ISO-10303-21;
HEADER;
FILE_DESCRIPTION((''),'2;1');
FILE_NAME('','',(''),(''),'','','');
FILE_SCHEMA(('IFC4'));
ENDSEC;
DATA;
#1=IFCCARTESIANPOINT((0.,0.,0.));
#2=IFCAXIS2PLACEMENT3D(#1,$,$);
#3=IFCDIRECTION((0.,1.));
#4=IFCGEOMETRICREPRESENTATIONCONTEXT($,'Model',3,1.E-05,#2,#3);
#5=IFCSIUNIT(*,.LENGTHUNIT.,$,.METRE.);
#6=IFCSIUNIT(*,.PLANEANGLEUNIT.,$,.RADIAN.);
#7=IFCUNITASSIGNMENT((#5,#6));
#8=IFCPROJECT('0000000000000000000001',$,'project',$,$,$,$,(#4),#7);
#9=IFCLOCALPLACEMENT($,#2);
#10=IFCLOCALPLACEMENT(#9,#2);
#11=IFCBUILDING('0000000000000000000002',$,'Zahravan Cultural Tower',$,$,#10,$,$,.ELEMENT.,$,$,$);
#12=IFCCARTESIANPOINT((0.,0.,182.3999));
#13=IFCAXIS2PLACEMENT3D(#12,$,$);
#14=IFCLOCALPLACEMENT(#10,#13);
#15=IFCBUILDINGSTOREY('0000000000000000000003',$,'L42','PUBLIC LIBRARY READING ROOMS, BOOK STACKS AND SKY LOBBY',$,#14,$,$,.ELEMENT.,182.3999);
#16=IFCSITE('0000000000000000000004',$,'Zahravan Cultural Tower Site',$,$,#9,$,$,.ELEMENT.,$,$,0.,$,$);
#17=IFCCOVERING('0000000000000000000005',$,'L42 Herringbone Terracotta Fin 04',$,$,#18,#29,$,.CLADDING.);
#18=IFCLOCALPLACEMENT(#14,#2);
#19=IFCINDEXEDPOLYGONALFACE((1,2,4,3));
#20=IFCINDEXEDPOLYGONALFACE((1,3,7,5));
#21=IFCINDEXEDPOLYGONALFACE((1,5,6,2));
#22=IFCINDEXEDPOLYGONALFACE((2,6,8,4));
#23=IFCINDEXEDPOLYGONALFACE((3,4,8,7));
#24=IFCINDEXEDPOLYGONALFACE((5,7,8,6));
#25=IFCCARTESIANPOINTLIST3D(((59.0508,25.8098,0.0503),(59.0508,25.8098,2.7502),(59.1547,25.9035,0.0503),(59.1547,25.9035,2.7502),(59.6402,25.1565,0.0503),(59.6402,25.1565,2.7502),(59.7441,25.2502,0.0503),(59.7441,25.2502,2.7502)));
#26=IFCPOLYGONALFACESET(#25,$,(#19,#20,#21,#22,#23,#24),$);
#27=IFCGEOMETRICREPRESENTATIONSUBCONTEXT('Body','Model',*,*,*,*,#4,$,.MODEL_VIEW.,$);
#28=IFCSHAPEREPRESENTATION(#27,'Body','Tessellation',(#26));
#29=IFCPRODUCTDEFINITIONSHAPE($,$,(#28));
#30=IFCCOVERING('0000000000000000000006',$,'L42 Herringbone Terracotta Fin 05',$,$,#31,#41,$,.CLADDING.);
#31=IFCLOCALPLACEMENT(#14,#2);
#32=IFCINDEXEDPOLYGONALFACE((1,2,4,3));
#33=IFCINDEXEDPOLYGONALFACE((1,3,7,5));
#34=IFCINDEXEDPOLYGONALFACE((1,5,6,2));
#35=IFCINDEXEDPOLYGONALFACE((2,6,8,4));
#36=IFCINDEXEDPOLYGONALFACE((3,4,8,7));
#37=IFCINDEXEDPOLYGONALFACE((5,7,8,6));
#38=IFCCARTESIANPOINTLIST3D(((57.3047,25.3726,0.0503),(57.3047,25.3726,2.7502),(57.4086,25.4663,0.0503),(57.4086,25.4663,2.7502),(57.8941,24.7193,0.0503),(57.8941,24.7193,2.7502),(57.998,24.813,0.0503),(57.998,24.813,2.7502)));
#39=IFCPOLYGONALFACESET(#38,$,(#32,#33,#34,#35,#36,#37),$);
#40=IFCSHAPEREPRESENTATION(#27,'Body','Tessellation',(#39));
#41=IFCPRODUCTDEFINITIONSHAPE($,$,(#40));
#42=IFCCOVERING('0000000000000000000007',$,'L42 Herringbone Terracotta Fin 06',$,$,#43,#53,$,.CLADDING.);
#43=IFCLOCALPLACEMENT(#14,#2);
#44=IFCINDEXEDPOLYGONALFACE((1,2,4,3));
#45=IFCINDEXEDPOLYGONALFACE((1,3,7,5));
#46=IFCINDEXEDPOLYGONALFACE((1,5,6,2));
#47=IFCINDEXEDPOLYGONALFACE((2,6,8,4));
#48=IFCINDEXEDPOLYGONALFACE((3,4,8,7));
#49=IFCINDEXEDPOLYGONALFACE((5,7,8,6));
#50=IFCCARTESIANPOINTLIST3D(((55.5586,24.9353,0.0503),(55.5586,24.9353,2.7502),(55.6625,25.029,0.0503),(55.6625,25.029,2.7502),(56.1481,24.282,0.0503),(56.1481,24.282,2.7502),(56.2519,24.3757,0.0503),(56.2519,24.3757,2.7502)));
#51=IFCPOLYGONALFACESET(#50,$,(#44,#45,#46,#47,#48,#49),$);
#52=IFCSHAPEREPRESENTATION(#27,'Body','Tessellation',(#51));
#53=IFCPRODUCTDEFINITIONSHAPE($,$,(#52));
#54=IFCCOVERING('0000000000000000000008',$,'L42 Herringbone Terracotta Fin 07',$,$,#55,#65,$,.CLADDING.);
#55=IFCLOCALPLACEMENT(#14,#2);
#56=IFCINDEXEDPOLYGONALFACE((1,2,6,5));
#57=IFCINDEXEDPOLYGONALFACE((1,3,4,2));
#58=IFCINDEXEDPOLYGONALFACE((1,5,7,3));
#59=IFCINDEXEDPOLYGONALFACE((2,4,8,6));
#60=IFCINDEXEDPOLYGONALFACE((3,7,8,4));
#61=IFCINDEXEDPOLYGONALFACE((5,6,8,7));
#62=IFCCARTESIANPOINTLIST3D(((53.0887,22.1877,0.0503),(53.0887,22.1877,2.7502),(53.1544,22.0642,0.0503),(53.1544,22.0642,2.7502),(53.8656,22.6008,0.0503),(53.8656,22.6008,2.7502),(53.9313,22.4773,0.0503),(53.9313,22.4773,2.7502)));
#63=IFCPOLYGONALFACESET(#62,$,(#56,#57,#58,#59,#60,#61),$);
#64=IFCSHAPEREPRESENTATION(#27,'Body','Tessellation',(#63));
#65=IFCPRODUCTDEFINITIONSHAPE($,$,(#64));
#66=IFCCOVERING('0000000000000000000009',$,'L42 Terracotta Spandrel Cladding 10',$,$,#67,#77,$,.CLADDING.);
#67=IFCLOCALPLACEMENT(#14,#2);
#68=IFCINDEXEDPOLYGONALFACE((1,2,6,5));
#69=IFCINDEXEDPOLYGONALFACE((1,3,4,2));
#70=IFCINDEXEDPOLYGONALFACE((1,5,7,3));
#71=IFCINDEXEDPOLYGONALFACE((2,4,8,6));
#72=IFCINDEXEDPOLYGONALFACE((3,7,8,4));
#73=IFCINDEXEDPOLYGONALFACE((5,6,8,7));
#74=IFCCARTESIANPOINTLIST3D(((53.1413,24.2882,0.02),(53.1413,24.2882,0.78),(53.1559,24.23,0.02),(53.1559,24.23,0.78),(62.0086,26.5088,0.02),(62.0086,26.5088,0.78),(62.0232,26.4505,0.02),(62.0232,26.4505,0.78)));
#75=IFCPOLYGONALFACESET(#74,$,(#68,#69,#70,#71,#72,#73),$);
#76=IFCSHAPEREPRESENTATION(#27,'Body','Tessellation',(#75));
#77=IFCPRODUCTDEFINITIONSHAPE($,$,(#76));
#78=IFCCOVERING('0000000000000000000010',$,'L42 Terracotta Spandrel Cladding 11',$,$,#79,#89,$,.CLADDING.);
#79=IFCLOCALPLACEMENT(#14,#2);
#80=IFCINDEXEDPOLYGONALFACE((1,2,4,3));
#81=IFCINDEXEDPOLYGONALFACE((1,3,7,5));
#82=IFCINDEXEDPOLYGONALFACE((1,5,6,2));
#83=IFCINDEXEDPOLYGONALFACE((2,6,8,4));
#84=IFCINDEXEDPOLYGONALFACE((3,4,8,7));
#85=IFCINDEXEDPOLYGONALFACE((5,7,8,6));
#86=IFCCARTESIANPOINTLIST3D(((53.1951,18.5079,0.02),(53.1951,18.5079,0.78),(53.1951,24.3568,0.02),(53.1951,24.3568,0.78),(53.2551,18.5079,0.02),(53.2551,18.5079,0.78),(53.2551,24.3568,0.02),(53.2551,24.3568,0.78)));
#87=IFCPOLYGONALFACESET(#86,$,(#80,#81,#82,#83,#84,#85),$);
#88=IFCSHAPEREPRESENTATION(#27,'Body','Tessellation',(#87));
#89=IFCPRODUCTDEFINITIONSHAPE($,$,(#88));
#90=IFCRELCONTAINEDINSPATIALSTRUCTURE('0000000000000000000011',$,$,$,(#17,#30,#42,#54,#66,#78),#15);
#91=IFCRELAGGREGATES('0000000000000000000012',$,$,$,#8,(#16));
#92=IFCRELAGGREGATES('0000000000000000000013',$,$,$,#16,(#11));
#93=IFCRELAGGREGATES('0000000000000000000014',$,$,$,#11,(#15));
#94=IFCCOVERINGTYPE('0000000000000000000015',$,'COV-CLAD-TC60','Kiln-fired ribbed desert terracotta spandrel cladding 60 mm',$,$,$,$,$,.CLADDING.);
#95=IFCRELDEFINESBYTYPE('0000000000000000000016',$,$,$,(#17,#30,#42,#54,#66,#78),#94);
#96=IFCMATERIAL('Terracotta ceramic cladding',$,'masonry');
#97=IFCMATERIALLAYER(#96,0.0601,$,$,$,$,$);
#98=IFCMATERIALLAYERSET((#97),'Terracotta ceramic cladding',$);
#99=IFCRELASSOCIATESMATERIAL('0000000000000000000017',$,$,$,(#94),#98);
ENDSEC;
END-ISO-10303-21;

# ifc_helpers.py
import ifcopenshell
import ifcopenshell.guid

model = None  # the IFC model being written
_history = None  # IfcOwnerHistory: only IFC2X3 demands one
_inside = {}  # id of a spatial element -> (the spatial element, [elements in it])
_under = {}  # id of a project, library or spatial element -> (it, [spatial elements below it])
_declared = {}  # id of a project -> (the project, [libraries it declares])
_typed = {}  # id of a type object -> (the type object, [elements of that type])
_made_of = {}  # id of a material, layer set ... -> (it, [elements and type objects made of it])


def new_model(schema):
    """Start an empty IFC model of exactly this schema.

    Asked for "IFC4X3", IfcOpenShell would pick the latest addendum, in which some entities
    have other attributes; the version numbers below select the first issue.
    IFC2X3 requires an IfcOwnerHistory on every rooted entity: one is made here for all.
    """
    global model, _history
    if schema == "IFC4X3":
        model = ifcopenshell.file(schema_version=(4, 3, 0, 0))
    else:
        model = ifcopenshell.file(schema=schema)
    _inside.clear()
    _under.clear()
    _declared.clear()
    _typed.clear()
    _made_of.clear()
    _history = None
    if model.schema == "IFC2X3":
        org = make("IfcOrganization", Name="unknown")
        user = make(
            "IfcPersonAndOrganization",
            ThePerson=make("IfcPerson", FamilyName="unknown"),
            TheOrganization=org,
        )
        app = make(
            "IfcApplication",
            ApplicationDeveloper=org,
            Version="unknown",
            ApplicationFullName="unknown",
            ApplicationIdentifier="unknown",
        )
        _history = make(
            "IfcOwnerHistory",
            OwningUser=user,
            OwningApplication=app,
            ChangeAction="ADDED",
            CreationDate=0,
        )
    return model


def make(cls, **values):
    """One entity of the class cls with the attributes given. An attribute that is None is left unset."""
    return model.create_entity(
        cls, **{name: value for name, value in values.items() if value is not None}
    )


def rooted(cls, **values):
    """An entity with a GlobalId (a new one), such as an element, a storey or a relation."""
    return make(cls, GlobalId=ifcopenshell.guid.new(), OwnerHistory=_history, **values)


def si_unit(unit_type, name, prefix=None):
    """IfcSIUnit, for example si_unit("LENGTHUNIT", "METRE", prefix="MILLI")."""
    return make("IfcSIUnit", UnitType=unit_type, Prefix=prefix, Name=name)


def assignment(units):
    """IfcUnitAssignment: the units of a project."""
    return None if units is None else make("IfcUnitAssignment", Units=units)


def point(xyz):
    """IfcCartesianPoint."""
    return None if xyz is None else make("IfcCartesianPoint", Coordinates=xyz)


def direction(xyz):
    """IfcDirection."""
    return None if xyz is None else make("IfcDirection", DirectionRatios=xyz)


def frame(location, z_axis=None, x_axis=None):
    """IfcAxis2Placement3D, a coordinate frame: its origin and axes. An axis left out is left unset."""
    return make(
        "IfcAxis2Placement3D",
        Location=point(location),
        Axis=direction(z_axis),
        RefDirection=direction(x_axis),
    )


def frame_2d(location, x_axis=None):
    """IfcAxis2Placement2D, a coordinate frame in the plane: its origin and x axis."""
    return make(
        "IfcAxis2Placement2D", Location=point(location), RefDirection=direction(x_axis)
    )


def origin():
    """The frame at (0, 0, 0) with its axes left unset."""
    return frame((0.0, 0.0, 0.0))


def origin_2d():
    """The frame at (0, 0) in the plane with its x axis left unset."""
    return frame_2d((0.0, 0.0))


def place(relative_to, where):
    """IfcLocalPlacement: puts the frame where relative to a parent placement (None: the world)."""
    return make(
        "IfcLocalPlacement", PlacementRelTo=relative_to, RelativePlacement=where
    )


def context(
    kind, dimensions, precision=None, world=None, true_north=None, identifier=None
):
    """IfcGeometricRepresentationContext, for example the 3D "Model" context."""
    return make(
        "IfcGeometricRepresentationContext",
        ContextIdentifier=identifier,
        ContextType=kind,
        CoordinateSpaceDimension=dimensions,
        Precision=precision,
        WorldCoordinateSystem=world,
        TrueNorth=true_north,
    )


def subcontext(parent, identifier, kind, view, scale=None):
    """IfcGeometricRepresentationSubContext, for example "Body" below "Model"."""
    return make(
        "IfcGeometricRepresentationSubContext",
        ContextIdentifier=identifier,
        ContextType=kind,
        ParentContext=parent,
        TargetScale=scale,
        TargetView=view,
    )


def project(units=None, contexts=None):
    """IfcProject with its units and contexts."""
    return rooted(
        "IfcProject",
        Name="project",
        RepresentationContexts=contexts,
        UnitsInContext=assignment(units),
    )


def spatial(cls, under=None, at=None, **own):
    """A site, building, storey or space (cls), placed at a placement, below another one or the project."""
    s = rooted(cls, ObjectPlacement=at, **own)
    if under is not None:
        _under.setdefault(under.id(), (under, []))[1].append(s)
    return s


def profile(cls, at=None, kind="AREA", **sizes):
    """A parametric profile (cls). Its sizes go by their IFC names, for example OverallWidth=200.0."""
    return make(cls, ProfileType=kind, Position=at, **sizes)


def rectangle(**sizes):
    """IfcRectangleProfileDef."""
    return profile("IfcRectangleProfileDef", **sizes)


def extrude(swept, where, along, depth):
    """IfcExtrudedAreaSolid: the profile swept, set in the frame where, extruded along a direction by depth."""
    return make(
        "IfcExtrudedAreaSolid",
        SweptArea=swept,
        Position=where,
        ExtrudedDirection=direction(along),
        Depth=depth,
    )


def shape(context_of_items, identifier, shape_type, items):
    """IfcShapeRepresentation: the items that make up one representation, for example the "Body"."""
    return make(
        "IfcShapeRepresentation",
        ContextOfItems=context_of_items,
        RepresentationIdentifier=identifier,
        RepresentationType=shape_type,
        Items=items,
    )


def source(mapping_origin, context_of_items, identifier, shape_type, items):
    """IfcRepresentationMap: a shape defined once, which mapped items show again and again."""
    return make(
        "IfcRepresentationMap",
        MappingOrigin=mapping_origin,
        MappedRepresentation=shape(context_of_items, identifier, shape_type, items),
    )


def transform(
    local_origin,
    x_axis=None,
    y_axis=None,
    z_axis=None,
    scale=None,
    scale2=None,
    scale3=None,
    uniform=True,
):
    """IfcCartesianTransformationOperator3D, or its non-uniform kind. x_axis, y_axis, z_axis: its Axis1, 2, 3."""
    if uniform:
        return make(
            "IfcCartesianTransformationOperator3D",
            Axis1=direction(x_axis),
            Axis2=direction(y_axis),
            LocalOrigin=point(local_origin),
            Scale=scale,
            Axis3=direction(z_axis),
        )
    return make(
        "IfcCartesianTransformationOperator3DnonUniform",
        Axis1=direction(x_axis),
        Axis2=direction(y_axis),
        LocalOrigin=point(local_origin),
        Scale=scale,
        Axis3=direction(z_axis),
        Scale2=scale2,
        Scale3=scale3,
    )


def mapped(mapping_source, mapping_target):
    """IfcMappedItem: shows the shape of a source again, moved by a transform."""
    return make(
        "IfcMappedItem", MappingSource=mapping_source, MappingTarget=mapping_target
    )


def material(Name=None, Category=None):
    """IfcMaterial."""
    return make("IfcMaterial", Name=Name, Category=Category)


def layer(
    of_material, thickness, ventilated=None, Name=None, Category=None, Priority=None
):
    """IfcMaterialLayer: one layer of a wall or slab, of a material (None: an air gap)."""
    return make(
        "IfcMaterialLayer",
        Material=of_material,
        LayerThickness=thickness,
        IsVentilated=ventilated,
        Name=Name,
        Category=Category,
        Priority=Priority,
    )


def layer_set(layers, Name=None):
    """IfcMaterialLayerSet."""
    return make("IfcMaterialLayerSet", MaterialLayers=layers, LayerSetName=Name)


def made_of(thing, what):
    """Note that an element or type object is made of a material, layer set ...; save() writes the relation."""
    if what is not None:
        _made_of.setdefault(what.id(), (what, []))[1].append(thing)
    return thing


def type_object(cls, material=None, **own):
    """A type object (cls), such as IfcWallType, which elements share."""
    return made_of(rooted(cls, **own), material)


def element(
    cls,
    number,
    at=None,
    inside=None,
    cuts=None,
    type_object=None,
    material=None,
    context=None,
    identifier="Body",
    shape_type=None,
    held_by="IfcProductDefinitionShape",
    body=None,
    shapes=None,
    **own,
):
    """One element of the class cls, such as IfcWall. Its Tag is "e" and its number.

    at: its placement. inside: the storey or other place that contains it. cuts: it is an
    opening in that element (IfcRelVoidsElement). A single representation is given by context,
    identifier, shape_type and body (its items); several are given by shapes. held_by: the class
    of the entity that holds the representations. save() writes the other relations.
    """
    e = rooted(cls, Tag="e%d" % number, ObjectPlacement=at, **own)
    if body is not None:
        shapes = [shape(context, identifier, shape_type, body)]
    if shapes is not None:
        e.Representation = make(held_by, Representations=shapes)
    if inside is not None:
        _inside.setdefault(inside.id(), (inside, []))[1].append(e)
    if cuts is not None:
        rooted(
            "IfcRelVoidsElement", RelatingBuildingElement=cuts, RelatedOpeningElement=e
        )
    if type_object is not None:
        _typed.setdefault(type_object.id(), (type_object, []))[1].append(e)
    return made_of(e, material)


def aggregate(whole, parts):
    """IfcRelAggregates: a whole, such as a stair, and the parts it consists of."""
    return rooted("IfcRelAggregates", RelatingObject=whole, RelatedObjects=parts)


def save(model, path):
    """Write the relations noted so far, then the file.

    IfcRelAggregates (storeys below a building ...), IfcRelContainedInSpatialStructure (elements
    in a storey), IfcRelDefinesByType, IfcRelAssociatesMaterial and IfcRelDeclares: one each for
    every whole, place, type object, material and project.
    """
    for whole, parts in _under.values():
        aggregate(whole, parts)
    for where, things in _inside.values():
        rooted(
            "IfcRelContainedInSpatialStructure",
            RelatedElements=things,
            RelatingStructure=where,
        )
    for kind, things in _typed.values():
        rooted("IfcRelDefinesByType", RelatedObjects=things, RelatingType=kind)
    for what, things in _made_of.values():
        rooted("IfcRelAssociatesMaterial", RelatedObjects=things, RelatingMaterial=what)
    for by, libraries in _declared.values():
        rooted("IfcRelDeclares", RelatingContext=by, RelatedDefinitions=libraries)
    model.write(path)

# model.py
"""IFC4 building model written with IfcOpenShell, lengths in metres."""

from ifc_helpers import new_model, si_unit, direction, frame, origin, origin_2d, place, context, subcontext, project, spatial, rectangle, extrude, source, transform, mapped, material, layer, layer_set, type_object, element, save


model = new_model("IFC4")

# Units and contexts
model_context = context("Model", 3, precision=1e-05, world=origin(), true_north=direction((0.0, 1.0)))
body_context = subcontext(model_context, "Body", "Model", "MODEL_VIEW")
ifc_project = project(units=[si_unit("LENGTHUNIT", "METRE"), si_unit("PLANEANGLEUNIT", "RADIAN")], contexts=[model_context])

# Site, building, storey
site_placement = place(None, origin())
site = spatial("IfcSite", under=ifc_project, at=site_placement, Name="Zahravan Cultural Tower Site", CompositionType="ELEMENT", RefElevation=0.0)
building_placement = place(site_placement, origin())
building = spatial("IfcBuilding", under=site, at=building_placement, Name="Zahravan Cultural Tower", CompositionType="ELEMENT")
storey_placement = place(building_placement, frame((0.0, 0.0, 182.3999)))
storey = spatial("IfcBuildingStorey", under=building, at=storey_placement, Name="L42", Description="PUBLIC LIBRARY READING ROOMS, BOOK STACKS AND SKY LOBBY", CompositionType="ELEMENT", Elevation=182.3999)

# Coverings
ifc_material_1 = material(Name="Terracotta ceramic cladding", Category="masonry")
ifc_layer_1 = layer(ifc_material_1, 0.0601)
ifc_layer_set_1 = layer_set([ifc_layer_1], Name="Terracotta ceramic cladding")
covering_type = type_object("IfcCoveringType", Name="COV-CLAD-TC60", Description="Kiln-fired ribbed desert terracotta spandrel cladding 60 mm", PredefinedType="CLADDING", material=ifc_layer_set_1)
shared_shape_1 = source(origin(), body_context, "Body", "SweptSolid", [
    extrude(rectangle(XDim=0.8799, YDim=0.1399, at=origin_2d()), origin(), (0.0, 0.0, 1.0), 2.7),
])
for number, where, z_axis, x_axis, name in (
    (1, (59.3975, 25.53, 0.0503), (0.0, 0.0, 1.0), (0.669896, -0.742455, 0.0), "L42 Herringbone Terracotta Fin 04"),
    (2, (57.6514, 25.0928, 0.0503), (0.0, 0.0, 1.0), (0.669896, -0.742455, 0.0), "L42 Herringbone Terracotta Fin 05"),
    (3, (55.9053, 24.6555, 0.0503), (0.0, 0.0, 1.0), (0.669896, -0.742455, 0.0), "L42 Herringbone Terracotta Fin 06"),
    (4, (53.51, 22.3325, 0.0503), (0.0, 0.0, 1.0), (0.882948, 0.469472, 0.0), "L42 Herringbone Terracotta Fin 07"),
):
    element("IfcCovering", number, at=place(storey_placement, frame(where, z_axis=z_axis, x_axis=x_axis)), inside=storey, type_object=covering_type, Name=name, PredefinedType="CLADDING", context=body_context, shape_type="MappedRepresentation", body=[
        mapped(shared_shape_1, transform((0.0, 0.0, 0.0), x_axis=(1.0, 0.0, 0.0), y_axis=(0.0, 1.0, 0.0), z_axis=(0.0, 0.0, 1.0), scale=1.0)),
    ])
shared_shape_2 = source(origin(), body_context, "Body", "SweptSolid", [
    extrude(rectangle(XDim=9.1411, YDim=0.0601, at=origin_2d()), origin(), (0.0, 0.0, 1.0), 0.76),
])
covering_1_placement = place(storey_placement, frame((57.5823, 25.3694, 0.02), z_axis=(0.0, 0.0, 1.0), x_axis=(-0.970046, -0.242921, 0.0)))
element("IfcCovering", 5, at=covering_1_placement, inside=storey, type_object=covering_type, Name="L42 Terracotta Spandrel Cladding 10", PredefinedType="CLADDING", context=body_context, shape_type="MappedRepresentation", body=[
    mapped(shared_shape_2, transform((0.0, 0.0, 0.0), x_axis=(1.0, 0.0, 0.0), y_axis=(0.0, 1.0, 0.0), z_axis=(0.0, 0.0, 1.0), scale=1.0)),
])
shared_shape_3 = source(origin(), body_context, "Body", "SweptSolid", [
    extrude(rectangle(XDim=5.8489, YDim=0.0601, at=origin_2d()), origin(), (0.0, 0.0, 1.0), 0.76),
])
covering_2_placement = place(storey_placement, frame((53.2251, 21.4324, 0.02), z_axis=(0.0, 0.0, 1.0), x_axis=(0.0, -1.0, 0.0)))
element("IfcCovering", 6, at=covering_2_placement, inside=storey, type_object=covering_type, Name="L42 Terracotta Spandrel Cladding 11", PredefinedType="CLADDING", context=body_context, shape_type="MappedRepresentation", body=[
    mapped(shared_shape_3, transform((0.0, 0.0, 0.0), x_axis=(1.0, 0.0, 0.0), y_axis=(0.0, 1.0, 0.0), z_axis=(0.0, 0.0, 1.0), scale=1.0)),
])

save(model, "model.ifc")
